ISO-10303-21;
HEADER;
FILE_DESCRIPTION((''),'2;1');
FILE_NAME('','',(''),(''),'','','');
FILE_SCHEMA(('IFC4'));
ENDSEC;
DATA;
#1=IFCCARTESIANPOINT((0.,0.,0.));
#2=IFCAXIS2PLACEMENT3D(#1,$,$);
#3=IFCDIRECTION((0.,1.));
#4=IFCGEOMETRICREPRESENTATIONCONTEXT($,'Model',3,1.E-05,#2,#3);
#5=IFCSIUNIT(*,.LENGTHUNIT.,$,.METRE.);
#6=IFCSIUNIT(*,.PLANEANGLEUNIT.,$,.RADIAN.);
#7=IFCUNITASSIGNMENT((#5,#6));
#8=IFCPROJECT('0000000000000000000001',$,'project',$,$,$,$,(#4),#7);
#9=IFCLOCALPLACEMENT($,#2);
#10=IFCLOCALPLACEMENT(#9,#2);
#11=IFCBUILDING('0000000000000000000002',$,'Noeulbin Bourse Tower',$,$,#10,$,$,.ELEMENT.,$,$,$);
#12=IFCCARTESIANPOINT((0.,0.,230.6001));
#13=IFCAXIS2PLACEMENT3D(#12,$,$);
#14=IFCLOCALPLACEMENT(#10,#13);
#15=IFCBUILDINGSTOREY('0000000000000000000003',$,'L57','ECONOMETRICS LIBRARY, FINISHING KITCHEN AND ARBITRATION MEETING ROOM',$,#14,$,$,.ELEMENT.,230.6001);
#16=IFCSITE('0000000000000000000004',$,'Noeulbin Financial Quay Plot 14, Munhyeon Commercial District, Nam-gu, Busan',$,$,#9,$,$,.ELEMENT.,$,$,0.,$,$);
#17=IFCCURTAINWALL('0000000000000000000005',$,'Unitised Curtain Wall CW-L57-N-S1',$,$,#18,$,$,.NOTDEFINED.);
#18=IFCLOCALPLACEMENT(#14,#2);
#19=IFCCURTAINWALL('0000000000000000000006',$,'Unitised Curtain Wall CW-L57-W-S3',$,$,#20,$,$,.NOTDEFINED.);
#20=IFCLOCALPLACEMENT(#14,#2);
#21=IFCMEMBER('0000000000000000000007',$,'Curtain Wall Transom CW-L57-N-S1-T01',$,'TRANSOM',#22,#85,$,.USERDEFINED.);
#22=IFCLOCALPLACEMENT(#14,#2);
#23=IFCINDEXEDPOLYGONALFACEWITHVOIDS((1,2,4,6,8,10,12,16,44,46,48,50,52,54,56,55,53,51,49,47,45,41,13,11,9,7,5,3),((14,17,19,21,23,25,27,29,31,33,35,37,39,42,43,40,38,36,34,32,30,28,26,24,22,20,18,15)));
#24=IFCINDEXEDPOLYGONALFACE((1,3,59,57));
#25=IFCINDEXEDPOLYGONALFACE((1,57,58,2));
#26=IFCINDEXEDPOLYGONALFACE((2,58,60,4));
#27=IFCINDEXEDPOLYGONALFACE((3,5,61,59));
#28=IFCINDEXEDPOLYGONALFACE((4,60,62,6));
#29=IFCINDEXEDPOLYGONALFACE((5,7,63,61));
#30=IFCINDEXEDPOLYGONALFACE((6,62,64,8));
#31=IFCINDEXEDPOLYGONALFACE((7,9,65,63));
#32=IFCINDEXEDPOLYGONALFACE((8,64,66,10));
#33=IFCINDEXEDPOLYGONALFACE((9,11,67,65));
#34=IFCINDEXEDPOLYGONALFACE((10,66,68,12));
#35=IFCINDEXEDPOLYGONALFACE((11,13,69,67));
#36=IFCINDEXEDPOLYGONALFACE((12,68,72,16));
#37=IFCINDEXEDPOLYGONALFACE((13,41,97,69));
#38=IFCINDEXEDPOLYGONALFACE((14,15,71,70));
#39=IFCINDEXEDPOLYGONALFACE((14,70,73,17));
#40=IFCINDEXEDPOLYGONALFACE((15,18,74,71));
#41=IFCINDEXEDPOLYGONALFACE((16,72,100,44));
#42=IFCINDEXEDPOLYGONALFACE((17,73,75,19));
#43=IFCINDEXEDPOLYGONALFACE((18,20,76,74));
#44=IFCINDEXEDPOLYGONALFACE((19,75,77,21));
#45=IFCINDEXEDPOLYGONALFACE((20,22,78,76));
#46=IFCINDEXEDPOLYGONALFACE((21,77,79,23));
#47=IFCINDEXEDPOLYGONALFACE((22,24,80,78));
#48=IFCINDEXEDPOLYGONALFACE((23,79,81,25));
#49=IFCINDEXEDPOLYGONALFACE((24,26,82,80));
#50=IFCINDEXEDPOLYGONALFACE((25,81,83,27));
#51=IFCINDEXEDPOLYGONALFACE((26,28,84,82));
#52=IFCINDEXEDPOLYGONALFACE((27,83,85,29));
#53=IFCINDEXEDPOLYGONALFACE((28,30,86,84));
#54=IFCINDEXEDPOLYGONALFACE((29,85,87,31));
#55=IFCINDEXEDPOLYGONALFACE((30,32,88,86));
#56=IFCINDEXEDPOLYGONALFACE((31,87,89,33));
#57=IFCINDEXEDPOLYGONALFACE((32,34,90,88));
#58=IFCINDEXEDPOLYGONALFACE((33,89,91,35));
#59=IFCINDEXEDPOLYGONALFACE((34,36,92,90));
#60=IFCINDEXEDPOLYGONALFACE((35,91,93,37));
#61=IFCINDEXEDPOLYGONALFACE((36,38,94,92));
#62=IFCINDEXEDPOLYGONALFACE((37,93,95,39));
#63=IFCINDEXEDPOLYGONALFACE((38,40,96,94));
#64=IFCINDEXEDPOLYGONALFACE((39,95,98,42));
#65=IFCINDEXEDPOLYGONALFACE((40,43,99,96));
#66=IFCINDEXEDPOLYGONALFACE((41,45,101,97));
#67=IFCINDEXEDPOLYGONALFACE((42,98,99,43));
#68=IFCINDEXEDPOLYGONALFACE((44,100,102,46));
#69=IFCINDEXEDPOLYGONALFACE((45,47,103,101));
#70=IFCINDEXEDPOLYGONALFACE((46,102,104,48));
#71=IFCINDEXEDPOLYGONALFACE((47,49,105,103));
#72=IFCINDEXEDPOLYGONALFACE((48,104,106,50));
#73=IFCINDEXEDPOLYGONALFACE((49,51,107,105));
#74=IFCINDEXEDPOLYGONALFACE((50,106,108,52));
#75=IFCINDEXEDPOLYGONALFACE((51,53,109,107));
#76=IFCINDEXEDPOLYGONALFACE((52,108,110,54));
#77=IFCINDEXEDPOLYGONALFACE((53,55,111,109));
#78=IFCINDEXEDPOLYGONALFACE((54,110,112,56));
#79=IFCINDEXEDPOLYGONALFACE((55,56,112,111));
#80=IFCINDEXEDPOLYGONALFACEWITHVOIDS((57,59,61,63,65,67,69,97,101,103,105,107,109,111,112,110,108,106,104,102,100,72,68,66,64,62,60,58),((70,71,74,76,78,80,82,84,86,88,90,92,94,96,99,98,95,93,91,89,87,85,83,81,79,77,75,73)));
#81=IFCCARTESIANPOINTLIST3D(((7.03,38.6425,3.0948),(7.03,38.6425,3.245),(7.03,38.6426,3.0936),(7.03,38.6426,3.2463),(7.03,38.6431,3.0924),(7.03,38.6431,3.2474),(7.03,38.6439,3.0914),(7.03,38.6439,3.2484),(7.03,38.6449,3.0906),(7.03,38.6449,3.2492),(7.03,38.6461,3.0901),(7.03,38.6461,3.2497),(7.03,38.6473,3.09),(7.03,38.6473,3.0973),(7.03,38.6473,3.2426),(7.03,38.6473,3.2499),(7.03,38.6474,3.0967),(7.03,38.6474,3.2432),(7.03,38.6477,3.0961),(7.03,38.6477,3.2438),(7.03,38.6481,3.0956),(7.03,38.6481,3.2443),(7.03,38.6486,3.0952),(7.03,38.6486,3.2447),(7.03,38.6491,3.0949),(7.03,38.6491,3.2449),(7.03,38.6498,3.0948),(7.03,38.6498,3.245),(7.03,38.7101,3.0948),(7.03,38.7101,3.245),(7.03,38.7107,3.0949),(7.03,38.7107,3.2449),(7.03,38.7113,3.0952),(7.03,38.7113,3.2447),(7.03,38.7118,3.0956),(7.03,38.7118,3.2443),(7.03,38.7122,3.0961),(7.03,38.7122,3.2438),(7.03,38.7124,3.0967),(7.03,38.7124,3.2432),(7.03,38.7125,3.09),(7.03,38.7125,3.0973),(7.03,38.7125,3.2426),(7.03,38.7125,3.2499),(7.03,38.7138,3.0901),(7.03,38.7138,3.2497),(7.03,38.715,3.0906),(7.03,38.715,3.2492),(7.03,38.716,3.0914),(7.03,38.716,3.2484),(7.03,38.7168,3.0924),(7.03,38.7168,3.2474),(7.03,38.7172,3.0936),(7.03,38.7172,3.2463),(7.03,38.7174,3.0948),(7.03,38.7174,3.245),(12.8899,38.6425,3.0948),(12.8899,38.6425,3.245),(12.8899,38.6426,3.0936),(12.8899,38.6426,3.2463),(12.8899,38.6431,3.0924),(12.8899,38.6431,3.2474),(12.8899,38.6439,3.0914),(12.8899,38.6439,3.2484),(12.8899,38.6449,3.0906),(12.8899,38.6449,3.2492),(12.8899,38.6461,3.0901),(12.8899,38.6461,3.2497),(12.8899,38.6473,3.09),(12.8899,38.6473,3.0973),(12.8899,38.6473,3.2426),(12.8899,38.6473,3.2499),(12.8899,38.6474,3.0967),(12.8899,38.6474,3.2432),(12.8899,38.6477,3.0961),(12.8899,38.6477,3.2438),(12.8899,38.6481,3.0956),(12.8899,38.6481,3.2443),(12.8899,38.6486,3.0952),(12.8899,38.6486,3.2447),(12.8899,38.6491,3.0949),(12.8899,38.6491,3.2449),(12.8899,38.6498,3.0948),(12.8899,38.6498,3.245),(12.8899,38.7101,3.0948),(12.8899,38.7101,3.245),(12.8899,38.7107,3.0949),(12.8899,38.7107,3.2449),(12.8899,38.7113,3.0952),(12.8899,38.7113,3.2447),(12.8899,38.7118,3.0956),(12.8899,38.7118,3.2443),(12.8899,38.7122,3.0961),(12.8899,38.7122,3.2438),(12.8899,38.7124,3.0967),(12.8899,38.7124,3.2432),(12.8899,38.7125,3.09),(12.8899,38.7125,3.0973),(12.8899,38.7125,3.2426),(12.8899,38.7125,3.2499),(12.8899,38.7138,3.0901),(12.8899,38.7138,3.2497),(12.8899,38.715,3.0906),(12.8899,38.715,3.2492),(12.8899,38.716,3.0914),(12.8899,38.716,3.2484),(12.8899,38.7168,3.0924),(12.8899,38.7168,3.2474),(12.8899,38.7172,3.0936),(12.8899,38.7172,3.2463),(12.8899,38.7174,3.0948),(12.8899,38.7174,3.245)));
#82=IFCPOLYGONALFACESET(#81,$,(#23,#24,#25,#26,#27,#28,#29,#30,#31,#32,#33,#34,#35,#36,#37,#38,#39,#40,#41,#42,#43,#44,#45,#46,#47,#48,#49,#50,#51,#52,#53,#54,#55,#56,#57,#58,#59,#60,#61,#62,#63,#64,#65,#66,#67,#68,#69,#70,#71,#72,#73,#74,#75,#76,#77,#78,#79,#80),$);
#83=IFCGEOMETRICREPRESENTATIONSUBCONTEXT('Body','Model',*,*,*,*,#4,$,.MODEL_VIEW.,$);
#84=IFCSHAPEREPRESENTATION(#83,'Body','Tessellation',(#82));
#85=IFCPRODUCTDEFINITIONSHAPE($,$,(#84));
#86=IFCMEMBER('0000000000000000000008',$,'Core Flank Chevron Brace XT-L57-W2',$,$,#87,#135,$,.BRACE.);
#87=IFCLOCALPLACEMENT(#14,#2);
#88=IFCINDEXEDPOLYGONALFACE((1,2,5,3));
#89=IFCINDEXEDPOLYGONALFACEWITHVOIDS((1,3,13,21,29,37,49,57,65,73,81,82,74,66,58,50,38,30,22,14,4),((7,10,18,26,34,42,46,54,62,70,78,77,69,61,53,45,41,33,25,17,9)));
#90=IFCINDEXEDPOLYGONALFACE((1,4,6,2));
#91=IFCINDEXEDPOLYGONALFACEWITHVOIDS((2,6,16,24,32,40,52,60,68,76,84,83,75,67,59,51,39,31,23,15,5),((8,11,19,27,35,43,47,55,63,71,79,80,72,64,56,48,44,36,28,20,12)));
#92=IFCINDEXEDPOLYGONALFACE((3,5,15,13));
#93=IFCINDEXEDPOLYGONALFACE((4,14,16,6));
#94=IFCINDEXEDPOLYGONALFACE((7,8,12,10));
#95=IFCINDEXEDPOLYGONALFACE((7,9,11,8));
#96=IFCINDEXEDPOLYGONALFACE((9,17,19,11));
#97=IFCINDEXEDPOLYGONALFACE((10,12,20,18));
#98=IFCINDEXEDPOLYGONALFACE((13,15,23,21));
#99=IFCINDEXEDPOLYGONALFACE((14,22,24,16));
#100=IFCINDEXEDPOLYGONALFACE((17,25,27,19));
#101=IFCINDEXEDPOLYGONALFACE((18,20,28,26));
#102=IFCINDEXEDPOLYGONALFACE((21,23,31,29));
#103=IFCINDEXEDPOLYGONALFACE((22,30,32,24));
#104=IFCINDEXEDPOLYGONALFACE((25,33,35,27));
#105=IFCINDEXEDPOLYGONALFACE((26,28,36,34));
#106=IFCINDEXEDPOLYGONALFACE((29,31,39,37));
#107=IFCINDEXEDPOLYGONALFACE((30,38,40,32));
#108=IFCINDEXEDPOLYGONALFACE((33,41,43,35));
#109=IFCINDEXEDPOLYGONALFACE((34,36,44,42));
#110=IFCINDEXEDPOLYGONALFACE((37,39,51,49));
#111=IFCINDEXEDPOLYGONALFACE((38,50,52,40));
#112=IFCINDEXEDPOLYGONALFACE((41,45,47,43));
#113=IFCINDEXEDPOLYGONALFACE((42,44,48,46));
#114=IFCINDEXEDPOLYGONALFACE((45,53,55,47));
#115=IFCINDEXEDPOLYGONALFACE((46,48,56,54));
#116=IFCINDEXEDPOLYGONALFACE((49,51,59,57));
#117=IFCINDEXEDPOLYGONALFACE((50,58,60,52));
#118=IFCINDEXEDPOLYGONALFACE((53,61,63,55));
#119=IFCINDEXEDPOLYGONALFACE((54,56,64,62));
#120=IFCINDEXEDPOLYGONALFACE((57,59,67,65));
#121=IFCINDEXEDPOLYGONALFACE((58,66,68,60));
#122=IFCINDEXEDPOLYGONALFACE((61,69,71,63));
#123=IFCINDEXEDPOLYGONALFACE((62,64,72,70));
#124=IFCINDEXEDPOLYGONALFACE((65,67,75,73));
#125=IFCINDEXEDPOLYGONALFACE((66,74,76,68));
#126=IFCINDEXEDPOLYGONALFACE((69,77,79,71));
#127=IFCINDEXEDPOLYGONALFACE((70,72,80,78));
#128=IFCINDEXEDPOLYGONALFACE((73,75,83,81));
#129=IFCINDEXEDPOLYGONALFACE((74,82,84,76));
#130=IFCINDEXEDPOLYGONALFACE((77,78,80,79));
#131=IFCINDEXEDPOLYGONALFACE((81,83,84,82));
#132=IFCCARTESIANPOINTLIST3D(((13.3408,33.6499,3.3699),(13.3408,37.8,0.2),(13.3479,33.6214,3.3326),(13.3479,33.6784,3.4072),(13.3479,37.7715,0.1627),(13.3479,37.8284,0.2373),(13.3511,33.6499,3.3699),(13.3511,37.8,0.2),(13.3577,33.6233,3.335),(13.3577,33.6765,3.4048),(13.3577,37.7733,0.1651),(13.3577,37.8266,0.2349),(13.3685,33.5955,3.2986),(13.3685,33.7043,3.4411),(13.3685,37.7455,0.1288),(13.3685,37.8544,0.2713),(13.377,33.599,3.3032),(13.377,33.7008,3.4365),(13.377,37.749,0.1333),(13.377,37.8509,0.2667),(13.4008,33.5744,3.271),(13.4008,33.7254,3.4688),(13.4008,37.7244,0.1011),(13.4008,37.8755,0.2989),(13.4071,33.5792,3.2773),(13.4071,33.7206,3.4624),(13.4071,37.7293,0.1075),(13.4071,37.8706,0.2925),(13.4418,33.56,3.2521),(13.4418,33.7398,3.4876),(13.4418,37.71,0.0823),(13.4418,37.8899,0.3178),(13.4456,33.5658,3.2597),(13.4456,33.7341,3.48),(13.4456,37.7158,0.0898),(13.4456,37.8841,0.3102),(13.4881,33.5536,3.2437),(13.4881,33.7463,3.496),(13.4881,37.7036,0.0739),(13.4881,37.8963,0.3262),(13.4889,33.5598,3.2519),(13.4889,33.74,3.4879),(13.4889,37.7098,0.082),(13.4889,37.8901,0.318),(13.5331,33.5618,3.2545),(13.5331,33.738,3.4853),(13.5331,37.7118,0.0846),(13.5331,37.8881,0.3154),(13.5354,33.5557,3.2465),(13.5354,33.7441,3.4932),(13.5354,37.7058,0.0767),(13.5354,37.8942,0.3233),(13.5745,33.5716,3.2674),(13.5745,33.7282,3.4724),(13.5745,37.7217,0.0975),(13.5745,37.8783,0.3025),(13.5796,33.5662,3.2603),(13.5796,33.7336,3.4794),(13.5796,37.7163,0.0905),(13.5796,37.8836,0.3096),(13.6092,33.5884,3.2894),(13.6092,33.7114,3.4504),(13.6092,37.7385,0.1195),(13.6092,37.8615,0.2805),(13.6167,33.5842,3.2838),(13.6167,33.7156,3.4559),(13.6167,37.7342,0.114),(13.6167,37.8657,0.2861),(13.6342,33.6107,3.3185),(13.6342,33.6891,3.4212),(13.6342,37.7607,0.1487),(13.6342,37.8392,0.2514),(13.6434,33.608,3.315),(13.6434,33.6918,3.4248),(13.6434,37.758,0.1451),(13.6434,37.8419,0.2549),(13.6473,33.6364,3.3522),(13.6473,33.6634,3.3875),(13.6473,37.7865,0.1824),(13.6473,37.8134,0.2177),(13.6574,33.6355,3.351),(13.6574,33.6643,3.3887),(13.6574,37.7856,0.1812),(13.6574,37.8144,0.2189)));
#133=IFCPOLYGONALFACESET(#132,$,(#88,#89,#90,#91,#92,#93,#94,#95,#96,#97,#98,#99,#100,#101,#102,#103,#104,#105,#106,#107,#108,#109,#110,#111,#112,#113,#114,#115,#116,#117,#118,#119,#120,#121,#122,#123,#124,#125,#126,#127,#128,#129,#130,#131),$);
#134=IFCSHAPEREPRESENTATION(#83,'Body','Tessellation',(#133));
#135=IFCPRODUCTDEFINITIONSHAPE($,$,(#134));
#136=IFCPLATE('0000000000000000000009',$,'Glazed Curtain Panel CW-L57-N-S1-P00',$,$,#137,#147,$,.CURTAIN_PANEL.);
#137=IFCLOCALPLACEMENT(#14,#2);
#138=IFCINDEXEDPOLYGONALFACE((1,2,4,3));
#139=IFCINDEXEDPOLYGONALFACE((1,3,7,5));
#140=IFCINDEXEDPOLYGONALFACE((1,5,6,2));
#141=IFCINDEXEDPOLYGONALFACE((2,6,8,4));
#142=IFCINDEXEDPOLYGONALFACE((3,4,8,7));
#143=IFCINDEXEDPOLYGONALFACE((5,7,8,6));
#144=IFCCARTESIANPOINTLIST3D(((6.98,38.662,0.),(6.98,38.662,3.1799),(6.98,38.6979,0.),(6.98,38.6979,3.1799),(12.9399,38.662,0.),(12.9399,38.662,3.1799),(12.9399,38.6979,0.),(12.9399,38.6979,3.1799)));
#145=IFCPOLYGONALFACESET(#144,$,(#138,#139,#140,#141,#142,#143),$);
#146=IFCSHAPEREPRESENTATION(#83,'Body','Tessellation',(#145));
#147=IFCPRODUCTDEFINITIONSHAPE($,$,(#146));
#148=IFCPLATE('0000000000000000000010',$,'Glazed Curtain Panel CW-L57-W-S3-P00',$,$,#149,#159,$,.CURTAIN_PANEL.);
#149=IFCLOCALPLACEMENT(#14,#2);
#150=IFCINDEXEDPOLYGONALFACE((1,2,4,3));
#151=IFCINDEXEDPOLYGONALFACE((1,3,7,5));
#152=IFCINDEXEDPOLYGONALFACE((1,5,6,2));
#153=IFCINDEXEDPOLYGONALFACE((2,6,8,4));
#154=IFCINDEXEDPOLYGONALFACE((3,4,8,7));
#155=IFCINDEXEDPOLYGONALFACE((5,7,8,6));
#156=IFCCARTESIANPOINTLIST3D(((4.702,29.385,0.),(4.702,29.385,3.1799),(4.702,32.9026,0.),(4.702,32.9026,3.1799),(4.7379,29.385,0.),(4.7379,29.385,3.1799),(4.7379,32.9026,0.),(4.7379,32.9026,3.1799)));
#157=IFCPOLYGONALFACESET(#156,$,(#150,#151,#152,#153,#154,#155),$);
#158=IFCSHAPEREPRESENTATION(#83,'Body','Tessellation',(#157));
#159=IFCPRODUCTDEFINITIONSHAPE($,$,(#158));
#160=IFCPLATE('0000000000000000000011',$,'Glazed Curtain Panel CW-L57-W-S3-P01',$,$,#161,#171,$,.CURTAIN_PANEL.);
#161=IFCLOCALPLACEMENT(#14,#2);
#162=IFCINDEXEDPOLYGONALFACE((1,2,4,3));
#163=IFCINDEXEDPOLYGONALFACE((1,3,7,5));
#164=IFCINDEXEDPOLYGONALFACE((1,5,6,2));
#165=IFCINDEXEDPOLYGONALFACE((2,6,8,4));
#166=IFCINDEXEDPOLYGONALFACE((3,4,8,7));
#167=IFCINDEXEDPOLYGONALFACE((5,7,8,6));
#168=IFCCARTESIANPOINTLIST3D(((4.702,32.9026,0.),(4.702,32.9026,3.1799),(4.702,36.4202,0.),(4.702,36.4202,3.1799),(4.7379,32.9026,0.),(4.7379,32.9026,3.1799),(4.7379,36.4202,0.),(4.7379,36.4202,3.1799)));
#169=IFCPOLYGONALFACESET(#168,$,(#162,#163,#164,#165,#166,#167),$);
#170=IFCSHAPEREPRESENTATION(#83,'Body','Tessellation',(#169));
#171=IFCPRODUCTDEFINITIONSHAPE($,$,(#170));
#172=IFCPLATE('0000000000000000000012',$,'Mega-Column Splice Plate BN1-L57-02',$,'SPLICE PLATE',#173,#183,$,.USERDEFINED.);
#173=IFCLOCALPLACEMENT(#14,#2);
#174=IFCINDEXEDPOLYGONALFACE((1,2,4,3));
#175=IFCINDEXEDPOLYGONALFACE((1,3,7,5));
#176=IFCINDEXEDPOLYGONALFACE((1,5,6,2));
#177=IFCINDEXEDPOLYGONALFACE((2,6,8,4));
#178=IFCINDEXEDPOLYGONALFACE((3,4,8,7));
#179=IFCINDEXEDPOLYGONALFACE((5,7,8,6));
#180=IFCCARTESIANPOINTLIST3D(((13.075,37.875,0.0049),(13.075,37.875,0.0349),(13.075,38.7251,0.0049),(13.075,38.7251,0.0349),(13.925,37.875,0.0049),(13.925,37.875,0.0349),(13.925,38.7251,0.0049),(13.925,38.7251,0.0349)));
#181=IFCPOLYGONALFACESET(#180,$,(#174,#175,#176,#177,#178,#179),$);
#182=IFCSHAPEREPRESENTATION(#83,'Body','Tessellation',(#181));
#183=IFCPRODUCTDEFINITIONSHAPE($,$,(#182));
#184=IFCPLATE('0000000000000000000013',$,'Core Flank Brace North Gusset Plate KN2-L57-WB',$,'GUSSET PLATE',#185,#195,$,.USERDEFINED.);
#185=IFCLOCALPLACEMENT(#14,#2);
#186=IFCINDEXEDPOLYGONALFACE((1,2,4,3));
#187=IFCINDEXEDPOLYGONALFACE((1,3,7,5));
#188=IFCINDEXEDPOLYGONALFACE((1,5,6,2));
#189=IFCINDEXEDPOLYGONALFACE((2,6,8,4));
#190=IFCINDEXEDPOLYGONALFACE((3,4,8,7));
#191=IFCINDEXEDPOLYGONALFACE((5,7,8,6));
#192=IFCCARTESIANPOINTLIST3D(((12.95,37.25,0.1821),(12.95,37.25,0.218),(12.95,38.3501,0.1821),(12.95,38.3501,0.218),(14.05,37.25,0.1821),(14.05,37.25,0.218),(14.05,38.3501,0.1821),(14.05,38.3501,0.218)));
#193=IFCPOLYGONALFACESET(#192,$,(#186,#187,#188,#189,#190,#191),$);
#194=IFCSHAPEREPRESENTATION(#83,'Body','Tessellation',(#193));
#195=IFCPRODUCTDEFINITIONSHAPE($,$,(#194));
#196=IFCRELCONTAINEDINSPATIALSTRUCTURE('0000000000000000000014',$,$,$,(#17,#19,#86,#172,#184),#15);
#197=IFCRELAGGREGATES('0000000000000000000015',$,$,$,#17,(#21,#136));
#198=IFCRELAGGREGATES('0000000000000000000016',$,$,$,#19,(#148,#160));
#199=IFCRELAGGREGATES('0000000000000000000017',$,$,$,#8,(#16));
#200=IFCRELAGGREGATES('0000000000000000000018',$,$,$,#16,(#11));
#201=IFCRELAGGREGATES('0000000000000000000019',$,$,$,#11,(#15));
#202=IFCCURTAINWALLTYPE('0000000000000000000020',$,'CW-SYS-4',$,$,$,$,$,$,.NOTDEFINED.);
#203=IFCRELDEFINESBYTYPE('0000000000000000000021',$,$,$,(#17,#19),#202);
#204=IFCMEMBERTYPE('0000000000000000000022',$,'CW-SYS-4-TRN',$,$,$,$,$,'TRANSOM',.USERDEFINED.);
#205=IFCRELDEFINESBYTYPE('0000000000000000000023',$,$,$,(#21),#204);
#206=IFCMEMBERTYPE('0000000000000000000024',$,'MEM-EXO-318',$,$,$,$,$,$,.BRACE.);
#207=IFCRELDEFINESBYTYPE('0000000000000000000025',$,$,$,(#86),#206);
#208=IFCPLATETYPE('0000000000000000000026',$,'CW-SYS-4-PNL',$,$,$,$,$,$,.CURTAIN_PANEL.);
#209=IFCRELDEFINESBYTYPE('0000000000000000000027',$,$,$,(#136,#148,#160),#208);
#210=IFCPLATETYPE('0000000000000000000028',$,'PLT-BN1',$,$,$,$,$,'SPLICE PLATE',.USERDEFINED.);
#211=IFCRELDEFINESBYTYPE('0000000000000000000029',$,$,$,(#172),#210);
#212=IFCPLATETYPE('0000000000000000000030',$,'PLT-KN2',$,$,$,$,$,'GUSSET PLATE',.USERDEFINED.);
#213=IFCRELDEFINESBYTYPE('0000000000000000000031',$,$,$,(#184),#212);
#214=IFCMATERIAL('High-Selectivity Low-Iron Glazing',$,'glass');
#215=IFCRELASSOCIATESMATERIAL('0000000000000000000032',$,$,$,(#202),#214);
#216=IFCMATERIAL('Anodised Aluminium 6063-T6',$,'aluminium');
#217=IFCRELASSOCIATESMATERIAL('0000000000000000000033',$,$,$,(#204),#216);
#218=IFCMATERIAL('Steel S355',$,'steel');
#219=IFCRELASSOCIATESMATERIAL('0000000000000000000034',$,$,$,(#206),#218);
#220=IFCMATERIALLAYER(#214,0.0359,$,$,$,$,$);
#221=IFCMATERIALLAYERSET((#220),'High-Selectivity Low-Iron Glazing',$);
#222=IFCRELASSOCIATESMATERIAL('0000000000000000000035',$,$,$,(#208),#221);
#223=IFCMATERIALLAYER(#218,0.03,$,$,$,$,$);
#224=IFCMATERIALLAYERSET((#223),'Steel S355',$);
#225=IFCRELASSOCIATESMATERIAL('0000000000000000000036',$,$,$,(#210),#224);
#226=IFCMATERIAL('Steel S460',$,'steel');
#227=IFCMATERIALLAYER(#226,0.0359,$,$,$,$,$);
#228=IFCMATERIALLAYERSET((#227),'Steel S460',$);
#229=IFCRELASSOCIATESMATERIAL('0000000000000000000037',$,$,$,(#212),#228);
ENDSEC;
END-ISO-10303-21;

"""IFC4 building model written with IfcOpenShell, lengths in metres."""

from ifc_helpers import new_model, si_unit, direction, frame, origin, origin_2d, place, context, subcontext, project, spatial, rectangle, hollow_rectangle, hollow_circle, extrude, material, layer, layer_set, material_profile, profile_set, type_object, element, aggregate, save


model = new_model("IFC4")

# Units and contexts
model_context = context("Model", 3, precision=1e-05, world=origin(), true_north=direction((0.0, 1.0)))
body_context = subcontext(model_context, "Body", "Model", "MODEL_VIEW")
ifc_project = project(units=[si_unit("LENGTHUNIT", "METRE"), si_unit("PLANEANGLEUNIT", "RADIAN")], contexts=[model_context])

# Site, building, storey
site_placement = place(None, origin())
site = spatial("IfcSite", under=ifc_project, at=site_placement, Name="Noeulbin Financial Quay Plot 14, Munhyeon Commercial District, Nam-gu, Busan", CompositionType="ELEMENT", RefElevation=0.0)
building_placement = place(site_placement, origin())
building = spatial("IfcBuilding", under=site, at=building_placement, Name="Noeulbin Bourse Tower", CompositionType="ELEMENT")
storey_placement = place(building_placement, frame((0.0, 0.0, 230.6001)))
storey = spatial("IfcBuildingStorey", under=building, at=storey_placement, Name="L57", Description="ECONOMETRICS LIBRARY, FINISHING KITCHEN AND ARBITRATION MEETING ROOM", CompositionType="ELEMENT", Elevation=230.6001)

# Shared definitions
ifc_material_1 = material(Name="Steel S355", Category="steel")

# Shared definitions
ifc_material_2 = material(Name="Steel S460", Category="steel")

# Curtain walls
ifc_material_3 = material(Name="High-Selectivity Low-Iron Glazing", Category="glass")
curtain_wall_type = type_object("IfcCurtainWallType", Name="CW-SYS-4", PredefinedType="NOTDEFINED", material=ifc_material_3)
curtain_wall_1_placement = place(storey_placement, origin())
curtain_wall_1 = element("IfcCurtainWall", 1, at=curtain_wall_1_placement, inside=storey, type_object=curtain_wall_type, Name="Unitised Curtain Wall CW-L57-N-S1", PredefinedType="NOTDEFINED")
ifc_material_4 = material(Name="Anodised Aluminium 6063-T6", Category="aluminium")
curtain_wall_2_placement = place(storey_placement, origin())
curtain_wall_2 = element("IfcCurtainWall", 2, at=curtain_wall_2_placement, inside=storey, type_object=curtain_wall_type, Name="Unitised Curtain Wall CW-L57-W-S3", PredefinedType="NOTDEFINED")

# Members
ifc_material_profile_1 = material_profile(ifc_material_4, hollow_rectangle(XDim=0.075, YDim=0.1599, WallThickness=0.0049, InnerFilletRadius=0.0024, OuterFilletRadius=0.0049, at=origin_2d()), Name="ALU-TRAN-75x160x5", Category="LoadBearing")
ifc_profile_set_1 = profile_set([ifc_material_profile_1], Name="Anodised Aluminium 6063-T6")
member_type_1 = type_object("IfcMemberType", Name="CW-SYS-4-TRN", ElementType="TRANSOM", PredefinedType="USERDEFINED", material=ifc_profile_set_1)
member_1_placement = place(storey_placement, frame((7.03, 38.6799, 3.1699), z_axis=(1.0, 0.0, 0.0), x_axis=(0.0, 1.0, 0.0)))
member_1 = element("IfcMember", 3, at=member_1_placement, type_object=member_type_1, Name="Curtain Wall Transom CW-L57-N-S1-T01", ObjectType="TRANSOM", PredefinedType="USERDEFINED", context=body_context, shape_type="SweptSolid", body=[
    extrude(hollow_rectangle(XDim=0.075, YDim=0.1599, WallThickness=0.0049, InnerFilletRadius=0.0024, OuterFilletRadius=0.0049, at=origin_2d()), origin(), (0.0, 0.0, 1.0), 5.8599),
])
ifc_material_profile_2 = material_profile(ifc_material_1, hollow_circle(Radius=0.1592, WallThickness=0.0103, at=origin_2d()), Name="CHS-318.5x10.3", Category="LoadBearing")
ifc_profile_set_2 = profile_set([ifc_material_profile_2], Name="Steel S355")
member_type_2 = type_object("IfcMemberType", Name="MEM-EXO-318", PredefinedType="BRACE", material=ifc_profile_set_2)
member_2_placement = place(storey_placement, frame((13.5, 33.6499, 3.3699), z_axis=(0.0, 0.794701, -0.607001), x_axis=(-1.0, 0.0, 0.0)))
element("IfcMember", 4, at=member_2_placement, inside=storey, type_object=member_type_2, Name="Core Flank Chevron Brace XT-L57-W2", PredefinedType="BRACE", context=body_context, shape_type="SweptSolid", body=[
    extrude(hollow_circle(Radius=0.1592, WallThickness=0.0103, at=origin_2d()), origin(), (0.0, 0.0, 1.0), 5.2222),
])

# Plates
ifc_layer_1 = layer(ifc_material_3, 0.0359)
ifc_layer_set_1 = layer_set([ifc_layer_1], Name="High-Selectivity Low-Iron Glazing")
plate_type_1 = type_object("IfcPlateType", Name="CW-SYS-4-PNL", PredefinedType="CURTAIN_PANEL", material=ifc_layer_set_1)
plate_1_placement = place(storey_placement, frame((9.96, 38.6799, 0.0), z_axis=(0.0, 0.0, 1.0), x_axis=(1.0, 0.0, 0.0)))
plate_1 = element("IfcPlate", 5, at=plate_1_placement, type_object=plate_type_1, Name="Glazed Curtain Panel CW-L57-N-S1-P00", PredefinedType="CURTAIN_PANEL", context=body_context, shape_type="SweptSolid", body=[
    extrude(rectangle(XDim=5.96, YDim=0.0359, at=origin_2d()), origin(), (0.0, 0.0, 1.0), 3.1799),
])
aggregate(curtain_wall_1, [member_1, plate_1])
plate_2_placement = place(storey_placement, frame((4.72, 31.1438, 0.0), z_axis=(0.0, 0.0, 1.0), x_axis=(0.0, 1.0, 0.0)))
plate_2 = element("IfcPlate", 6, at=plate_2_placement, type_object=plate_type_1, Name="Glazed Curtain Panel CW-L57-W-S3-P00", PredefinedType="CURTAIN_PANEL", context=body_context, shape_type="SweptSolid", body=[
    extrude(rectangle(XDim=3.5176, YDim=0.0359, at=origin_2d()), origin(), (0.0, 0.0, 1.0), 3.1799),
])
plate_3_placement = place(storey_placement, frame((4.72, 34.6614, 0.0), z_axis=(0.0, 0.0, 1.0), x_axis=(0.0, 1.0, 0.0)))
plate_3 = element("IfcPlate", 7, at=plate_3_placement, type_object=plate_type_1, Name="Glazed Curtain Panel CW-L57-W-S3-P01", PredefinedType="CURTAIN_PANEL", context=body_context, shape_type="SweptSolid", body=[
    extrude(rectangle(XDim=3.5176, YDim=0.0359, at=origin_2d()), origin(), (0.0, 0.0, 1.0), 3.1799),
])
aggregate(curtain_wall_2, [plate_2, plate_3])

# Plates
ifc_layer_2 = layer(ifc_material_1, 0.03)
ifc_layer_set_2 = layer_set([ifc_layer_2], Name="Steel S355")
plate_type_2 = type_object("IfcPlateType", Name="PLT-BN1", ElementType="SPLICE PLATE", PredefinedType="USERDEFINED", material=ifc_layer_set_2)
plate_4_placement = place(storey_placement, frame((13.5, 38.3, 0.0049), z_axis=(0.0, 0.0, 1.0), x_axis=(1.0, 0.0, 0.0)))
element("IfcPlate", 8, at=plate_4_placement, inside=storey, type_object=plate_type_2, Name="Mega-Column Splice Plate BN1-L57-02", ObjectType="SPLICE PLATE", PredefinedType="USERDEFINED", context=body_context, shape_type="SweptSolid", body=[
    extrude(rectangle(XDim=0.8501, YDim=0.8501, at=origin_2d()), origin(), (0.0, 0.0, 1.0), 0.03),
])
ifc_layer_3 = layer(ifc_material_2, 0.0359)
ifc_layer_set_3 = layer_set([ifc_layer_3], Name="Steel S460")
plate_type_3 = type_object("IfcPlateType", Name="PLT-KN2", ElementType="GUSSET PLATE", PredefinedType="USERDEFINED", material=ifc_layer_set_3)
plate_5_placement = place(storey_placement, frame((13.5, 37.8, 0.1821), z_axis=(0.0, 0.0, 1.0), x_axis=(1.0, 0.0, 0.0)))
element("IfcPlate", 9, at=plate_5_placement, inside=storey, type_object=plate_type_3, Name="Core Flank Brace North Gusset Plate KN2-L57-WB", ObjectType="GUSSET PLATE", PredefinedType="USERDEFINED", context=body_context, shape_type="SweptSolid", body=[
    extrude(rectangle(XDim=1.1001, YDim=1.1001, at=origin_2d()), origin(), (0.0, 0.0, 1.0), 0.0359),
])

save(model, "model.ifc")
